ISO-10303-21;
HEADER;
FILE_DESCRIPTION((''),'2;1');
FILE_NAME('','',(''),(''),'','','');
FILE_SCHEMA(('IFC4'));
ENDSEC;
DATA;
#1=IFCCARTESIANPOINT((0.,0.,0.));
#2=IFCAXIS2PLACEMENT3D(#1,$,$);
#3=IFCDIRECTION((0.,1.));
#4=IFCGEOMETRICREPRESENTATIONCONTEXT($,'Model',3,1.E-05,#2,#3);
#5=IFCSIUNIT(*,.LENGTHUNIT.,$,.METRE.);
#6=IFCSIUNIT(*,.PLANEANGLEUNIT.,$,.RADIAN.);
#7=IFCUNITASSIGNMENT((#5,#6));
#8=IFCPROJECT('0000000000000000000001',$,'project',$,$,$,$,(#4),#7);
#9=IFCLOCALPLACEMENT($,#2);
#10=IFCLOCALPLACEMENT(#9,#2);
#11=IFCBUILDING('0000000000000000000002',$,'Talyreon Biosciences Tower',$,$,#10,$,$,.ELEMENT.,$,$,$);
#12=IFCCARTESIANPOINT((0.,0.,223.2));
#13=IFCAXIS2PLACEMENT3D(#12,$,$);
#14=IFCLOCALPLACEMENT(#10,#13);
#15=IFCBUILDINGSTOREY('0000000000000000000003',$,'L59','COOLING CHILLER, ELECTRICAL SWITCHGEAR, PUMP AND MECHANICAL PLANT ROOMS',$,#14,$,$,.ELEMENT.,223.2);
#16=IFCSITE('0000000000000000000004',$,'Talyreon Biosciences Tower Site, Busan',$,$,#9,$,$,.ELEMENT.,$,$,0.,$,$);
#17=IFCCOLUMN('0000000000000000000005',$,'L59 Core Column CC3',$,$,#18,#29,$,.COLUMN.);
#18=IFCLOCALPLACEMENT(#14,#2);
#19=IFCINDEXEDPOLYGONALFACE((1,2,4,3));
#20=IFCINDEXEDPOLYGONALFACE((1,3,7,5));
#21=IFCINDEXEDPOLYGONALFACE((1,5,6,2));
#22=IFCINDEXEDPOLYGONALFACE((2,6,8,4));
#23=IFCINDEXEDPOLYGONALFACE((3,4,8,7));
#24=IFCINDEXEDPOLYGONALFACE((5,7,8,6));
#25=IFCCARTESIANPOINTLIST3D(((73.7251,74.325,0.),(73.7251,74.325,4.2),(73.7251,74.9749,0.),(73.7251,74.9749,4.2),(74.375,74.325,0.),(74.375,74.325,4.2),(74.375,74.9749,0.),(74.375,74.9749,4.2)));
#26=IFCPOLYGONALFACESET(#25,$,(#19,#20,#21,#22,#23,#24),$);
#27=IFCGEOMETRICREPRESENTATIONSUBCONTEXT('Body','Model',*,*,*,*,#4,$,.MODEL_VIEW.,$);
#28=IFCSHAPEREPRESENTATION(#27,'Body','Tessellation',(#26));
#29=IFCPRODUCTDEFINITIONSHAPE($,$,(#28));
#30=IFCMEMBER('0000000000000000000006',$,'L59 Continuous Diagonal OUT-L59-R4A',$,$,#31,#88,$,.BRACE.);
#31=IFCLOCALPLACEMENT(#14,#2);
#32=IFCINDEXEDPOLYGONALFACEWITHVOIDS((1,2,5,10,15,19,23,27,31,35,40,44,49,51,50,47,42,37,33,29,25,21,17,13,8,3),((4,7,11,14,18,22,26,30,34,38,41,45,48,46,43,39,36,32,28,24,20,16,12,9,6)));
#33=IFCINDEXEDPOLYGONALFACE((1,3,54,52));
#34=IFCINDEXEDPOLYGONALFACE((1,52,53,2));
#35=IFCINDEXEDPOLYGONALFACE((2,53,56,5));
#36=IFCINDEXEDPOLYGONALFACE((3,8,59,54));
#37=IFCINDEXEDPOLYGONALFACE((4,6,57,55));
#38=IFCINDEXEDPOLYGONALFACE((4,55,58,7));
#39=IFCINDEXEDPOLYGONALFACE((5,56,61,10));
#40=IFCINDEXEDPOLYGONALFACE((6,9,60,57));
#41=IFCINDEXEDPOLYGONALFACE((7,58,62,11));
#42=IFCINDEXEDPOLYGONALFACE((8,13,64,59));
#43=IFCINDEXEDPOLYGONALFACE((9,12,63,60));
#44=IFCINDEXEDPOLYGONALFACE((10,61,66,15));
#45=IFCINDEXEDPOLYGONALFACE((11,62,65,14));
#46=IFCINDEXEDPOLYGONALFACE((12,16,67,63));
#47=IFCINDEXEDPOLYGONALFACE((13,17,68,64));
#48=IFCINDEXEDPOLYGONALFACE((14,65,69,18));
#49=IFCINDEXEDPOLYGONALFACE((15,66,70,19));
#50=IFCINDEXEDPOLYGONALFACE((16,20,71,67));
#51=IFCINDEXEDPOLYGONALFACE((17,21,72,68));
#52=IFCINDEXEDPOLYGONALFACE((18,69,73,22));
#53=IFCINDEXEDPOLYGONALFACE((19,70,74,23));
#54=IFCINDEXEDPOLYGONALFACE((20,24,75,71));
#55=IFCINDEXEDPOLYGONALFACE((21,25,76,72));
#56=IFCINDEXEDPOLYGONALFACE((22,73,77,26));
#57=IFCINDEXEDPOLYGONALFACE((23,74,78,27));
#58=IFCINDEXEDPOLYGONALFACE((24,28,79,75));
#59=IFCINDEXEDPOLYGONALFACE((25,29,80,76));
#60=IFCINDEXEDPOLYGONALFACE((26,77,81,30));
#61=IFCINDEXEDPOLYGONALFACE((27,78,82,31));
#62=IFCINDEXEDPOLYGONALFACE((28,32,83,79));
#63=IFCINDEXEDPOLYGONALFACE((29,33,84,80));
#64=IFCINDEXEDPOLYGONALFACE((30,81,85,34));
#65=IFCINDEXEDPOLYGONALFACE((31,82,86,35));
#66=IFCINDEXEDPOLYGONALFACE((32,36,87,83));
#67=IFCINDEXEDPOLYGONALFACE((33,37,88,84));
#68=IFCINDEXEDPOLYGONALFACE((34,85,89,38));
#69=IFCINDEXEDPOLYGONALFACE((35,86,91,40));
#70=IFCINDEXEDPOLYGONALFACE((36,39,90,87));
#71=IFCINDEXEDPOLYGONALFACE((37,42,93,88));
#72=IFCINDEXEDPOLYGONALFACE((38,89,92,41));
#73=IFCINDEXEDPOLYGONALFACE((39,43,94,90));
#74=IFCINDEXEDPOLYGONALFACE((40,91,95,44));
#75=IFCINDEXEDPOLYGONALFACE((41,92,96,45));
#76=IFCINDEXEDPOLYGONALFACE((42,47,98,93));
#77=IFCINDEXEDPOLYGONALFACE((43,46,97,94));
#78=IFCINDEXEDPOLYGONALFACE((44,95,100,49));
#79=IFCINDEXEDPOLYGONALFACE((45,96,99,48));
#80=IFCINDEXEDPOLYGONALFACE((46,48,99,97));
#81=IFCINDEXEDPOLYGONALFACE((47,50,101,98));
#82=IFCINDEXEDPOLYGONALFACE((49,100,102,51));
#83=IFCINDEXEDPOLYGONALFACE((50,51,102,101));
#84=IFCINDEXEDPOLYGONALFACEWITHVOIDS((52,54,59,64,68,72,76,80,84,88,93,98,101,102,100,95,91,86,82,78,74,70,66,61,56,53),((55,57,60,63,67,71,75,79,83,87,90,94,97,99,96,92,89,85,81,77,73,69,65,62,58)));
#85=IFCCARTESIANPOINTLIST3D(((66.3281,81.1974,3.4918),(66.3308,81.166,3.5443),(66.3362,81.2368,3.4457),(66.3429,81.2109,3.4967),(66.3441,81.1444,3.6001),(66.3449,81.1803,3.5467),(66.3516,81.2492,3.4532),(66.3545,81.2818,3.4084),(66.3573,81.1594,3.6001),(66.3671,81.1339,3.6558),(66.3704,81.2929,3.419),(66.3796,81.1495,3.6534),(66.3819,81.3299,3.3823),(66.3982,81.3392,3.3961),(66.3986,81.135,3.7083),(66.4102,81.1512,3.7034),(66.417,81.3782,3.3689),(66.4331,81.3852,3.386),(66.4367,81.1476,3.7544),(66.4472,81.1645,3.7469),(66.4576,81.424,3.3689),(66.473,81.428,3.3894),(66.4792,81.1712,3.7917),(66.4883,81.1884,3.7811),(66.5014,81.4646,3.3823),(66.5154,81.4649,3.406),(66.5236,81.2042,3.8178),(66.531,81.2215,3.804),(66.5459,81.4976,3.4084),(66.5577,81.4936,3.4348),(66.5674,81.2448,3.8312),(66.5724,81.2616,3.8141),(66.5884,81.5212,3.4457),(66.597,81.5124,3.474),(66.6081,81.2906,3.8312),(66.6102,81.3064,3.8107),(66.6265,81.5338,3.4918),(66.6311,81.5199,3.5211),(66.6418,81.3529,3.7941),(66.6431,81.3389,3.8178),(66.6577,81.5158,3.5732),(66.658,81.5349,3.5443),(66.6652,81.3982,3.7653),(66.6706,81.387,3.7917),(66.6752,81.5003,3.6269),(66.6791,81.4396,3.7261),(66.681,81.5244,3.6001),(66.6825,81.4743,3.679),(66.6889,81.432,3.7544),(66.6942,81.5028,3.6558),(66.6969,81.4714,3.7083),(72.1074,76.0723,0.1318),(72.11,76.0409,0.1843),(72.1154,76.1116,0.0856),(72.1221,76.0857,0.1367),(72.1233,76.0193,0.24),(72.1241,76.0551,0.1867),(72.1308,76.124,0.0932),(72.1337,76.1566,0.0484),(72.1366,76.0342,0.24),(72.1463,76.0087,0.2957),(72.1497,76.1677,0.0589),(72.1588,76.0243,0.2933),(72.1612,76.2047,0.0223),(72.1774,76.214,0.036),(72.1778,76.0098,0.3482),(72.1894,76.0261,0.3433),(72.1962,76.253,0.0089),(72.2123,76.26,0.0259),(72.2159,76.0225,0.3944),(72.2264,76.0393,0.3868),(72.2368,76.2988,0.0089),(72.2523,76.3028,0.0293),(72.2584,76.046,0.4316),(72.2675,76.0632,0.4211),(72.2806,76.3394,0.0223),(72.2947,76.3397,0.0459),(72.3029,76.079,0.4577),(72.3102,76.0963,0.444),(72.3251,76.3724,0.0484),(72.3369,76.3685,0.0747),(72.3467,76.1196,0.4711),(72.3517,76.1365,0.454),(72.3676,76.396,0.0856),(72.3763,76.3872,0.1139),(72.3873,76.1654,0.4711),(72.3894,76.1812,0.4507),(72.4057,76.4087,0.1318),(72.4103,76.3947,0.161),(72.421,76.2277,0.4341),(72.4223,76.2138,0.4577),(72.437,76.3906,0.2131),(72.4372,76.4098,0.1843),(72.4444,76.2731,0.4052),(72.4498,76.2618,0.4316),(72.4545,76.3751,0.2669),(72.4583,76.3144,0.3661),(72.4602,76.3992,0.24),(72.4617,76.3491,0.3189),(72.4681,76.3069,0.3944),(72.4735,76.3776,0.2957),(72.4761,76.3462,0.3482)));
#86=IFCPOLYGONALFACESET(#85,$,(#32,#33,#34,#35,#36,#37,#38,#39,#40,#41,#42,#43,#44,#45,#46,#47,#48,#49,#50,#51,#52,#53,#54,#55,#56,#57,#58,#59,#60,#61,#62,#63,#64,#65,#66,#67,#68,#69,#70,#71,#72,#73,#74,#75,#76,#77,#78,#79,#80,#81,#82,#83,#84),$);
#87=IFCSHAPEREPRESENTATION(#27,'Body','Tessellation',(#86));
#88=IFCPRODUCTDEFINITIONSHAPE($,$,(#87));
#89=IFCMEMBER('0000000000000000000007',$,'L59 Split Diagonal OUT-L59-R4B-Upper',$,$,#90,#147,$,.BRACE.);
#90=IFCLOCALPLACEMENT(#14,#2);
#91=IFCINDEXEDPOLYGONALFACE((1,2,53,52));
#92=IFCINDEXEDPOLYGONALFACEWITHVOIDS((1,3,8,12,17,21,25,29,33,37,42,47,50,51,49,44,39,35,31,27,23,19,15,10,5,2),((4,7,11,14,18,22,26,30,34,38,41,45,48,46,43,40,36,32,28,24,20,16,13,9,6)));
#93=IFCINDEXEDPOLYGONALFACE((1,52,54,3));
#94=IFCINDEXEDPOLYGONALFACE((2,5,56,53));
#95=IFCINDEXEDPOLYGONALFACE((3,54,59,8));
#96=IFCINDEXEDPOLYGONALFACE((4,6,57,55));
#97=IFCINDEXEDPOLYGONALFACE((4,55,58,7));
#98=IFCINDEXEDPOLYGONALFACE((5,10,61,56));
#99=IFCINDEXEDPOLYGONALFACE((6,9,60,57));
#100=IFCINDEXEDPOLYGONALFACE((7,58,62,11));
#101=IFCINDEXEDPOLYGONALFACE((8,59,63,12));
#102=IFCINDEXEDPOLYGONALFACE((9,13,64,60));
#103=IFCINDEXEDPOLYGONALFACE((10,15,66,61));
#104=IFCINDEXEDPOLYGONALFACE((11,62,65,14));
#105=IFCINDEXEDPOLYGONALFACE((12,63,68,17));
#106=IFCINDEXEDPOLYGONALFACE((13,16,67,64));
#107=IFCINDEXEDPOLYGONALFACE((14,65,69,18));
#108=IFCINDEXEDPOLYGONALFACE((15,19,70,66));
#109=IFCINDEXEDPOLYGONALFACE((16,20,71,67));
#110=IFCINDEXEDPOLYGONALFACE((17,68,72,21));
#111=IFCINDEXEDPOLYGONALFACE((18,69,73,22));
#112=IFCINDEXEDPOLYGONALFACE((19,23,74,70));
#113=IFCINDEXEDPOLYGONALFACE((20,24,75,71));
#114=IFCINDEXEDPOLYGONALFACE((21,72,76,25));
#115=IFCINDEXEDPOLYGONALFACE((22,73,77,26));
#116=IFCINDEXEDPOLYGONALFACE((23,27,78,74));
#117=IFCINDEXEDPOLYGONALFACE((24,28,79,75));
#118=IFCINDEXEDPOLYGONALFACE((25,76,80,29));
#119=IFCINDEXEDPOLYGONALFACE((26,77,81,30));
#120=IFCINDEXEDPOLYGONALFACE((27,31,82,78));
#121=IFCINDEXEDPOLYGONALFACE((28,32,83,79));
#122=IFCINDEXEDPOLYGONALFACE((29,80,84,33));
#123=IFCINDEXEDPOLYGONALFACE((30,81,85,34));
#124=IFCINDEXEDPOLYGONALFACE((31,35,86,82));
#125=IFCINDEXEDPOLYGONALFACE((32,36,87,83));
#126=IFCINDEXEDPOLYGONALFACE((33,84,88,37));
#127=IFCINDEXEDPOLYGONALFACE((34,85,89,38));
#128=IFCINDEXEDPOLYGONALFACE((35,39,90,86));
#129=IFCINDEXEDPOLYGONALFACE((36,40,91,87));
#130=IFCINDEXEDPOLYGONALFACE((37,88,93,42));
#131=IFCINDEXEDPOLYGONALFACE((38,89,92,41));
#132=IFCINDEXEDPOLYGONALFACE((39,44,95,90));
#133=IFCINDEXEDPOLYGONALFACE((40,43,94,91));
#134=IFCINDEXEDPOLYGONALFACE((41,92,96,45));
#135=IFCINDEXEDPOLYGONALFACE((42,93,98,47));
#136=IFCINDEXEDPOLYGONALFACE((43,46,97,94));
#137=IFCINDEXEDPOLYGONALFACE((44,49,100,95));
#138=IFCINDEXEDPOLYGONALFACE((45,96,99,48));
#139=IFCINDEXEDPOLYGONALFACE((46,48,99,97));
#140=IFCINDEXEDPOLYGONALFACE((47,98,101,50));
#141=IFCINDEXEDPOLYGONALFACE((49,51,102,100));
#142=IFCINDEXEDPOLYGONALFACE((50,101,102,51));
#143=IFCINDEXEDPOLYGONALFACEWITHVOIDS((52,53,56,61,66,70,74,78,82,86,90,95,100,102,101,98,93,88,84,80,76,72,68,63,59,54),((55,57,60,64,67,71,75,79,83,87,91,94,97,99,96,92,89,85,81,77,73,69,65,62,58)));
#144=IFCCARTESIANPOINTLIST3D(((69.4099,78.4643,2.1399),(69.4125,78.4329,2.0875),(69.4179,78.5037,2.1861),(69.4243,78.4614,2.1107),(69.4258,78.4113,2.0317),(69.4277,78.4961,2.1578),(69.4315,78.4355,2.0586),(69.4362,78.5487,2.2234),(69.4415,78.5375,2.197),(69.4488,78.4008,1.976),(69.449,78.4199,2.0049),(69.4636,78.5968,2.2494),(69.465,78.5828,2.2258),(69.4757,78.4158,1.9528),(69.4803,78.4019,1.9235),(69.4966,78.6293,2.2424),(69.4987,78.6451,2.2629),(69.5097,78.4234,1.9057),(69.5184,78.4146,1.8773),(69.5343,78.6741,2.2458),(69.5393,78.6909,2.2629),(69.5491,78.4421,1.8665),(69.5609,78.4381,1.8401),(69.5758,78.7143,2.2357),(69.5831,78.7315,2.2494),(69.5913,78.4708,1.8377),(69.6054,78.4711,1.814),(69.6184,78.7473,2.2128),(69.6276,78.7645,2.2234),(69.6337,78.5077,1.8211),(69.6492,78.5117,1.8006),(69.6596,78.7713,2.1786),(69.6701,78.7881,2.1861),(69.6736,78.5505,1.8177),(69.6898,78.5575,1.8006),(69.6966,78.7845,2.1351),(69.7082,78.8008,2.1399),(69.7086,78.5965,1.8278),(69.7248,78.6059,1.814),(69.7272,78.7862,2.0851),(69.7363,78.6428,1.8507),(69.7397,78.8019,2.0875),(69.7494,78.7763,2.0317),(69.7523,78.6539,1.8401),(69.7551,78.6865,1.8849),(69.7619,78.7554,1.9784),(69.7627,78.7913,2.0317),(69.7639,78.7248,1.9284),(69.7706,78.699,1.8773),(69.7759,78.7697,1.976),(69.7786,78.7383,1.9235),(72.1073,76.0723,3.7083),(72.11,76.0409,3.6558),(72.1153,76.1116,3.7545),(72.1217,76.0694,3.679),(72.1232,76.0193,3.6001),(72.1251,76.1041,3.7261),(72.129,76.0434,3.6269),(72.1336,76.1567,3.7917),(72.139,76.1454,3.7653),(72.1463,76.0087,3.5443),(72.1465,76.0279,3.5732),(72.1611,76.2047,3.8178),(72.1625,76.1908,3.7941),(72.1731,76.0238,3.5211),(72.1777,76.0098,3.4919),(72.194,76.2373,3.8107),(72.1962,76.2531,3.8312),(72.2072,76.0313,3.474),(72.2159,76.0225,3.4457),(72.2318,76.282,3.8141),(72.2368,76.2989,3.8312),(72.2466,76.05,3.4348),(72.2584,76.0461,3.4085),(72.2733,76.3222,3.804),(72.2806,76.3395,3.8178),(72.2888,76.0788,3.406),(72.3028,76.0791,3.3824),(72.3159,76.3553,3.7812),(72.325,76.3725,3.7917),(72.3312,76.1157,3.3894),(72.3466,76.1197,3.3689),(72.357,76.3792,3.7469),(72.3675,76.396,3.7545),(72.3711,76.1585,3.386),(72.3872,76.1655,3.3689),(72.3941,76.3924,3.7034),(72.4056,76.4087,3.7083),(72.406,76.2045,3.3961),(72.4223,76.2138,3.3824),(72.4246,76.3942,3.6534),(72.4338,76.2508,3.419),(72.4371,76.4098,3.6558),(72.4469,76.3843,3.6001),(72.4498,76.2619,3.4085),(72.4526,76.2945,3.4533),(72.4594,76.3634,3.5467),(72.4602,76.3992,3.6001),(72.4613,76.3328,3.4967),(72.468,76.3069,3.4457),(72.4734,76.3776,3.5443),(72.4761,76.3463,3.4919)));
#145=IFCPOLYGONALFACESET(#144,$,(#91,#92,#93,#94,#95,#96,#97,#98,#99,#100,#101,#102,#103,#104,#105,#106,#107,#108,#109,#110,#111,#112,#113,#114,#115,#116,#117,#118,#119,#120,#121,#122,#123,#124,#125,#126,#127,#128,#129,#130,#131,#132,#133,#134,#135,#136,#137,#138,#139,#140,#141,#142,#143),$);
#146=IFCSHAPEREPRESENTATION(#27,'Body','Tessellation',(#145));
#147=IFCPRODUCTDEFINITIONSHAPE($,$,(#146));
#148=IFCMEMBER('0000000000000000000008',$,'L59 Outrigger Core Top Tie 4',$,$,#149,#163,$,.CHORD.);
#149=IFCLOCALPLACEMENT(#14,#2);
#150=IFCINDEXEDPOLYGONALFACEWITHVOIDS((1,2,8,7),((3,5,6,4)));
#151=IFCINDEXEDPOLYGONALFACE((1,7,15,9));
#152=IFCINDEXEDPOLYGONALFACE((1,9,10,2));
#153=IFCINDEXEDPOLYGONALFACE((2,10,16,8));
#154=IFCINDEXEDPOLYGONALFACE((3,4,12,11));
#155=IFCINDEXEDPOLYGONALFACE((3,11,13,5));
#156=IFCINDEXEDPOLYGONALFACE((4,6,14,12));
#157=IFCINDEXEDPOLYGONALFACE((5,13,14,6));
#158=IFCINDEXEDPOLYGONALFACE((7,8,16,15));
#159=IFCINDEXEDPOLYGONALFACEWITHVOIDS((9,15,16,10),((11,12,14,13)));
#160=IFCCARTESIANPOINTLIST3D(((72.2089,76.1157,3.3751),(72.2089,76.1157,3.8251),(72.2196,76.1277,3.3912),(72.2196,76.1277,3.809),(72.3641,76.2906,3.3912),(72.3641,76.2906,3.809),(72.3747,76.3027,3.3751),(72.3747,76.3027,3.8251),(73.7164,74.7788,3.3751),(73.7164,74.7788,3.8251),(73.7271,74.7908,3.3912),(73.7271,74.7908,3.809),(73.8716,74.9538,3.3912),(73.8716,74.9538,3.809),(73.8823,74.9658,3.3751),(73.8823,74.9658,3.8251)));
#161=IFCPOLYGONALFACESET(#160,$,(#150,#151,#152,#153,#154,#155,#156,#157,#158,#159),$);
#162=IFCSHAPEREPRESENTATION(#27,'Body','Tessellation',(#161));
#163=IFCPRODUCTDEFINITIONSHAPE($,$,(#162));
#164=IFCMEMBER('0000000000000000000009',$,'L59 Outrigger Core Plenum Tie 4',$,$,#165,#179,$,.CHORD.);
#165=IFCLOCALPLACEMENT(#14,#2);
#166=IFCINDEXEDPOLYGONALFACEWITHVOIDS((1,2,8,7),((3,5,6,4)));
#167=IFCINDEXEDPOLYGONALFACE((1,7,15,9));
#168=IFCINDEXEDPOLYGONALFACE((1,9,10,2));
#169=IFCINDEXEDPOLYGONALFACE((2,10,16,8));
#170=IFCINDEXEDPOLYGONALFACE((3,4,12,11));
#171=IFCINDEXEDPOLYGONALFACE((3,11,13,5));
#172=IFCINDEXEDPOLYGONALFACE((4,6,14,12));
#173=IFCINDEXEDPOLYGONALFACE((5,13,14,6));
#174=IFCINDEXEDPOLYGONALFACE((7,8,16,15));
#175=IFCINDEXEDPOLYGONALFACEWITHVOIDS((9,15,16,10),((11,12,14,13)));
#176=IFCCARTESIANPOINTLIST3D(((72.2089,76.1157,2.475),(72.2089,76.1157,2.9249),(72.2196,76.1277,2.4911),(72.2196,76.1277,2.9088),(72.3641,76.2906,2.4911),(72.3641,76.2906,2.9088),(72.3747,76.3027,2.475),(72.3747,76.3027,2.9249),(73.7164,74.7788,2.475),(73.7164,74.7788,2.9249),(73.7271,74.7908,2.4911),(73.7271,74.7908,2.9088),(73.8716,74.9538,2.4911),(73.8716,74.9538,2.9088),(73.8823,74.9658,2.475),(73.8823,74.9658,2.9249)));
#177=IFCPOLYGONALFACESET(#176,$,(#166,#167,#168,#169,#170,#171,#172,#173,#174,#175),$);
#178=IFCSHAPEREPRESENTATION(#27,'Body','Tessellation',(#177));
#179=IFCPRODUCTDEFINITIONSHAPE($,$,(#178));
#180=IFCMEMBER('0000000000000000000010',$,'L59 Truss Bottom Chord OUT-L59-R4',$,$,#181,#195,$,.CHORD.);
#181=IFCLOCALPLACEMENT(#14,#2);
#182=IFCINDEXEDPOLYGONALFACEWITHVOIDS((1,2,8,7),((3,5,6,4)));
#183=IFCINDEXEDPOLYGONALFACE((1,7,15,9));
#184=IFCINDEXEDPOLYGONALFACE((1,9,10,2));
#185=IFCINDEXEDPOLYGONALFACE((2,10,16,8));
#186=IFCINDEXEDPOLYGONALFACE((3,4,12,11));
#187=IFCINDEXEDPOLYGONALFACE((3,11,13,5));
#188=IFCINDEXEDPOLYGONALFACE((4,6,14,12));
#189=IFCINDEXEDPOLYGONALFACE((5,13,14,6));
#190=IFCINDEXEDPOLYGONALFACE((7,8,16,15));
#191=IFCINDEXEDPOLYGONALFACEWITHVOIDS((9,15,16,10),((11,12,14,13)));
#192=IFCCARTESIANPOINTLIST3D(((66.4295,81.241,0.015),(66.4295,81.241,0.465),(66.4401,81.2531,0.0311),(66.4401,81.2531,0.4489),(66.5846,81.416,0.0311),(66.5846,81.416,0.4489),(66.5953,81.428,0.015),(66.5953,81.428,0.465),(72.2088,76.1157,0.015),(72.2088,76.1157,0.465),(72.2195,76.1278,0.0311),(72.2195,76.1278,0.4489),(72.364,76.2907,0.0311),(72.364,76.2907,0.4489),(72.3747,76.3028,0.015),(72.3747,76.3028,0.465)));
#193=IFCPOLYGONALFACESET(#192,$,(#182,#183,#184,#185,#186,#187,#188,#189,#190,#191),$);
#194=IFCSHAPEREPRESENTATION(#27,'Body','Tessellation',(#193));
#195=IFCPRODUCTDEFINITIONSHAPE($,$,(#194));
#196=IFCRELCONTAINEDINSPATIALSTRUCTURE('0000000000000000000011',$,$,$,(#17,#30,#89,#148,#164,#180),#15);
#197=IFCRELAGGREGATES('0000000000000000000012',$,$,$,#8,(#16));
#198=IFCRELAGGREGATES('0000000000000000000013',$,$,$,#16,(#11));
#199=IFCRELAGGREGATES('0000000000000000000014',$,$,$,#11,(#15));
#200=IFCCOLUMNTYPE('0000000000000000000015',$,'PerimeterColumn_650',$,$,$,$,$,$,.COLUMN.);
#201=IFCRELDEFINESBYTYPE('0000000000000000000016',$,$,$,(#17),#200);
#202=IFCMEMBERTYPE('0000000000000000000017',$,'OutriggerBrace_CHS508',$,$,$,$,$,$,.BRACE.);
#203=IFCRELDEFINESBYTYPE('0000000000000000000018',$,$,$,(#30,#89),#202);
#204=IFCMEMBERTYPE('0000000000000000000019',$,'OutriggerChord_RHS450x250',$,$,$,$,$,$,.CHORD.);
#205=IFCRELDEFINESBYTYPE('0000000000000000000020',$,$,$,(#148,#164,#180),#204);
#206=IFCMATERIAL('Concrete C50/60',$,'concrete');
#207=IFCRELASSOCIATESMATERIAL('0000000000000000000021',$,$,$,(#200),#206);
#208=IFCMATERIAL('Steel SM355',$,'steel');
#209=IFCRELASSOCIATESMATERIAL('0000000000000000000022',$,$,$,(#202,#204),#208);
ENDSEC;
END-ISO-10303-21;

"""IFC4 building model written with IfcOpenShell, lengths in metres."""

from ifc_helpers import new_model, si_unit, direction, frame, origin, origin_2d, place, context, subcontext, project, spatial, rectangle, hollow_rectangle, hollow_circle, extrude, material, material_profile, profile_set, type_object, element, save


model = new_model("IFC4")

# Units and contexts
model_context = context("Model", 3, precision=1e-05, world=origin(), true_north=direction((0.0, 1.0)))
body_context = subcontext(model_context, "Body", "Model", "MODEL_VIEW")
ifc_project = project(units=[si_unit("LENGTHUNIT", "METRE"), si_unit("PLANEANGLEUNIT", "RADIAN")], contexts=[model_context])

# Site, building, storey
site_placement = place(None, origin())
site = spatial("IfcSite", under=ifc_project, at=site_placement, Name="Talyreon Biosciences Tower Site, Busan", CompositionType="ELEMENT", RefElevation=0.0)
building_placement = place(site_placement, origin())
building = spatial("IfcBuilding", under=site, at=building_placement, Name="Talyreon Biosciences Tower", CompositionType="ELEMENT")
storey_placement = place(building_placement, frame((0.0, 0.0, 223.2)))
storey = spatial("IfcBuildingStorey", under=building, at=storey_placement, Name="L59", Description="COOLING CHILLER, ELECTRICAL SWITCHGEAR, PUMP AND MECHANICAL PLANT ROOMS", CompositionType="ELEMENT", Elevation=223.2)

# Column
ifc_material_1 = material(Name="Concrete C50/60", Category="concrete")
ifc_material_profile_1 = material_profile(ifc_material_1, rectangle(XDim=0.6499, YDim=0.6499, at=origin_2d()), Name="RC 650x650")
ifc_profile_set_1 = profile_set([ifc_material_profile_1], Name="Concrete C50/60")
column_type = type_object("IfcColumnType", Name="PerimeterColumn_650", PredefinedType="COLUMN", material=ifc_profile_set_1)
column_placement = place(storey_placement, frame((74.05, 74.6499, 0.0), z_axis=(0.0, 0.0, 1.0), x_axis=(1.0, 0.0, 0.0)))
element("IfcColumn", 1, at=column_placement, inside=storey, type_object=column_type, Name="L59 Core Column CC3", PredefinedType="COLUMN", context=body_context, shape_type="SweptSolid", body=[
    extrude(rectangle(XDim=0.6499, YDim=0.6499, at=origin_2d()), origin(), (0.0, 0.0, 1.0), 4.2),
])

# Members
ifc_material_2 = material(Name="Steel SM355", Category="steel")
ifc_material_profile_2 = material_profile(ifc_material_2, hollow_circle(Radius=0.2539, WallThickness=0.02, at=origin_2d()), Name="CHS 508x20")
ifc_profile_set_2 = profile_set([ifc_material_profile_2], Name="Steel SM355")
member_type_1 = type_object("IfcMemberType", Name="OutriggerBrace_CHS508", PredefinedType="BRACE", material=ifc_profile_set_2)
member_1_placement = place(storey_placement, frame((72.2917, 76.2092, 0.24), z_axis=(-0.686076, 0.608431, 0.398887), x_axis=(-0.663502, -0.748174, 0.0)))
element("IfcMember", 2, at=member_1_placement, inside=storey, type_object=member_type_1, Name="L59 Continuous Diagonal OUT-L59-R4A", PredefinedType="BRACE", context=body_context, shape_type="SweptSolid", body=[
    extrude(hollow_circle(Radius=0.2539, WallThickness=0.02, at=origin_2d()), origin(), (0.0, 0.0, 1.0), 8.4236),
])
member_2_placement = place(storey_placement, frame((69.5942, 78.6013, 2.0317), z_axis=(0.686089, -0.608408, 0.398899), x_axis=(0.663481, 0.748193, 0.0)))
element("IfcMember", 3, at=member_2_placement, inside=storey, type_object=member_type_1, Name="L59 Split Diagonal OUT-L59-R4B-Upper", PredefinedType="BRACE", context=body_context, shape_type="SweptSolid", body=[
    extrude(hollow_circle(Radius=0.2539, WallThickness=0.02, at=origin_2d()), origin(), (0.0, 0.0, 1.0), 3.9316),
])
ifc_material_profile_3 = material_profile(ifc_material_2, hollow_rectangle(XDim=0.25, YDim=0.45, WallThickness=0.0161, at=origin_2d()), Name="RHS 450x250x16")
ifc_profile_set_3 = profile_set([ifc_material_profile_3], Name="Steel SM355")
member_type_2 = type_object("IfcMemberType", Name="OutriggerChord_RHS450x250", PredefinedType="CHORD", material=ifc_profile_set_3)
for number, where, z_axis, x_axis, name in (
    (4, (73.7993, 74.8723, 3.6001), (-0.748184, 0.663491, 0.0), (-0.663491, -0.748184, 0.0), "L59 Outrigger Core Top Tie 4"),
    (5, (73.7993, 74.8723, 2.7), (-0.748184, 0.663491, 0.0), (-0.663491, -0.748184, 0.0), "L59 Outrigger Core Plenum Tie 4"),
):
    element("IfcMember", number, at=place(storey_placement, frame(where, z_axis=z_axis, x_axis=x_axis)), inside=storey, type_object=member_type_2, Name=name, PredefinedType="CHORD", context=body_context, shape_type="SweptSolid", body=[
        extrude(hollow_rectangle(XDim=0.25, YDim=0.45, WallThickness=0.0161, at=origin_2d()), origin(), (0.0, 0.0, 1.0), 2.0149),
    ])
for number, where, z_axis, x_axis, name in (
    (6, (72.2917, 76.2092, 0.24), (-0.748174, 0.663502, 0.0), (-0.663502, -0.748174, 0.0), "L59 Truss Bottom Chord OUT-L59-R4"),
):
    element("IfcMember", number, at=place(storey_placement, frame(where, z_axis=z_axis, x_axis=x_axis)), inside=storey, type_object=member_type_2, Name=name, PredefinedType="CHORD", context=body_context, shape_type="SweptSolid", body=[
        extrude(hollow_rectangle(XDim=0.25, YDim=0.45, WallThickness=0.0161, at=origin_2d()), origin(), (0.0, 0.0, 1.0), 7.7246),
    ])

save(model, "model.ifc")
